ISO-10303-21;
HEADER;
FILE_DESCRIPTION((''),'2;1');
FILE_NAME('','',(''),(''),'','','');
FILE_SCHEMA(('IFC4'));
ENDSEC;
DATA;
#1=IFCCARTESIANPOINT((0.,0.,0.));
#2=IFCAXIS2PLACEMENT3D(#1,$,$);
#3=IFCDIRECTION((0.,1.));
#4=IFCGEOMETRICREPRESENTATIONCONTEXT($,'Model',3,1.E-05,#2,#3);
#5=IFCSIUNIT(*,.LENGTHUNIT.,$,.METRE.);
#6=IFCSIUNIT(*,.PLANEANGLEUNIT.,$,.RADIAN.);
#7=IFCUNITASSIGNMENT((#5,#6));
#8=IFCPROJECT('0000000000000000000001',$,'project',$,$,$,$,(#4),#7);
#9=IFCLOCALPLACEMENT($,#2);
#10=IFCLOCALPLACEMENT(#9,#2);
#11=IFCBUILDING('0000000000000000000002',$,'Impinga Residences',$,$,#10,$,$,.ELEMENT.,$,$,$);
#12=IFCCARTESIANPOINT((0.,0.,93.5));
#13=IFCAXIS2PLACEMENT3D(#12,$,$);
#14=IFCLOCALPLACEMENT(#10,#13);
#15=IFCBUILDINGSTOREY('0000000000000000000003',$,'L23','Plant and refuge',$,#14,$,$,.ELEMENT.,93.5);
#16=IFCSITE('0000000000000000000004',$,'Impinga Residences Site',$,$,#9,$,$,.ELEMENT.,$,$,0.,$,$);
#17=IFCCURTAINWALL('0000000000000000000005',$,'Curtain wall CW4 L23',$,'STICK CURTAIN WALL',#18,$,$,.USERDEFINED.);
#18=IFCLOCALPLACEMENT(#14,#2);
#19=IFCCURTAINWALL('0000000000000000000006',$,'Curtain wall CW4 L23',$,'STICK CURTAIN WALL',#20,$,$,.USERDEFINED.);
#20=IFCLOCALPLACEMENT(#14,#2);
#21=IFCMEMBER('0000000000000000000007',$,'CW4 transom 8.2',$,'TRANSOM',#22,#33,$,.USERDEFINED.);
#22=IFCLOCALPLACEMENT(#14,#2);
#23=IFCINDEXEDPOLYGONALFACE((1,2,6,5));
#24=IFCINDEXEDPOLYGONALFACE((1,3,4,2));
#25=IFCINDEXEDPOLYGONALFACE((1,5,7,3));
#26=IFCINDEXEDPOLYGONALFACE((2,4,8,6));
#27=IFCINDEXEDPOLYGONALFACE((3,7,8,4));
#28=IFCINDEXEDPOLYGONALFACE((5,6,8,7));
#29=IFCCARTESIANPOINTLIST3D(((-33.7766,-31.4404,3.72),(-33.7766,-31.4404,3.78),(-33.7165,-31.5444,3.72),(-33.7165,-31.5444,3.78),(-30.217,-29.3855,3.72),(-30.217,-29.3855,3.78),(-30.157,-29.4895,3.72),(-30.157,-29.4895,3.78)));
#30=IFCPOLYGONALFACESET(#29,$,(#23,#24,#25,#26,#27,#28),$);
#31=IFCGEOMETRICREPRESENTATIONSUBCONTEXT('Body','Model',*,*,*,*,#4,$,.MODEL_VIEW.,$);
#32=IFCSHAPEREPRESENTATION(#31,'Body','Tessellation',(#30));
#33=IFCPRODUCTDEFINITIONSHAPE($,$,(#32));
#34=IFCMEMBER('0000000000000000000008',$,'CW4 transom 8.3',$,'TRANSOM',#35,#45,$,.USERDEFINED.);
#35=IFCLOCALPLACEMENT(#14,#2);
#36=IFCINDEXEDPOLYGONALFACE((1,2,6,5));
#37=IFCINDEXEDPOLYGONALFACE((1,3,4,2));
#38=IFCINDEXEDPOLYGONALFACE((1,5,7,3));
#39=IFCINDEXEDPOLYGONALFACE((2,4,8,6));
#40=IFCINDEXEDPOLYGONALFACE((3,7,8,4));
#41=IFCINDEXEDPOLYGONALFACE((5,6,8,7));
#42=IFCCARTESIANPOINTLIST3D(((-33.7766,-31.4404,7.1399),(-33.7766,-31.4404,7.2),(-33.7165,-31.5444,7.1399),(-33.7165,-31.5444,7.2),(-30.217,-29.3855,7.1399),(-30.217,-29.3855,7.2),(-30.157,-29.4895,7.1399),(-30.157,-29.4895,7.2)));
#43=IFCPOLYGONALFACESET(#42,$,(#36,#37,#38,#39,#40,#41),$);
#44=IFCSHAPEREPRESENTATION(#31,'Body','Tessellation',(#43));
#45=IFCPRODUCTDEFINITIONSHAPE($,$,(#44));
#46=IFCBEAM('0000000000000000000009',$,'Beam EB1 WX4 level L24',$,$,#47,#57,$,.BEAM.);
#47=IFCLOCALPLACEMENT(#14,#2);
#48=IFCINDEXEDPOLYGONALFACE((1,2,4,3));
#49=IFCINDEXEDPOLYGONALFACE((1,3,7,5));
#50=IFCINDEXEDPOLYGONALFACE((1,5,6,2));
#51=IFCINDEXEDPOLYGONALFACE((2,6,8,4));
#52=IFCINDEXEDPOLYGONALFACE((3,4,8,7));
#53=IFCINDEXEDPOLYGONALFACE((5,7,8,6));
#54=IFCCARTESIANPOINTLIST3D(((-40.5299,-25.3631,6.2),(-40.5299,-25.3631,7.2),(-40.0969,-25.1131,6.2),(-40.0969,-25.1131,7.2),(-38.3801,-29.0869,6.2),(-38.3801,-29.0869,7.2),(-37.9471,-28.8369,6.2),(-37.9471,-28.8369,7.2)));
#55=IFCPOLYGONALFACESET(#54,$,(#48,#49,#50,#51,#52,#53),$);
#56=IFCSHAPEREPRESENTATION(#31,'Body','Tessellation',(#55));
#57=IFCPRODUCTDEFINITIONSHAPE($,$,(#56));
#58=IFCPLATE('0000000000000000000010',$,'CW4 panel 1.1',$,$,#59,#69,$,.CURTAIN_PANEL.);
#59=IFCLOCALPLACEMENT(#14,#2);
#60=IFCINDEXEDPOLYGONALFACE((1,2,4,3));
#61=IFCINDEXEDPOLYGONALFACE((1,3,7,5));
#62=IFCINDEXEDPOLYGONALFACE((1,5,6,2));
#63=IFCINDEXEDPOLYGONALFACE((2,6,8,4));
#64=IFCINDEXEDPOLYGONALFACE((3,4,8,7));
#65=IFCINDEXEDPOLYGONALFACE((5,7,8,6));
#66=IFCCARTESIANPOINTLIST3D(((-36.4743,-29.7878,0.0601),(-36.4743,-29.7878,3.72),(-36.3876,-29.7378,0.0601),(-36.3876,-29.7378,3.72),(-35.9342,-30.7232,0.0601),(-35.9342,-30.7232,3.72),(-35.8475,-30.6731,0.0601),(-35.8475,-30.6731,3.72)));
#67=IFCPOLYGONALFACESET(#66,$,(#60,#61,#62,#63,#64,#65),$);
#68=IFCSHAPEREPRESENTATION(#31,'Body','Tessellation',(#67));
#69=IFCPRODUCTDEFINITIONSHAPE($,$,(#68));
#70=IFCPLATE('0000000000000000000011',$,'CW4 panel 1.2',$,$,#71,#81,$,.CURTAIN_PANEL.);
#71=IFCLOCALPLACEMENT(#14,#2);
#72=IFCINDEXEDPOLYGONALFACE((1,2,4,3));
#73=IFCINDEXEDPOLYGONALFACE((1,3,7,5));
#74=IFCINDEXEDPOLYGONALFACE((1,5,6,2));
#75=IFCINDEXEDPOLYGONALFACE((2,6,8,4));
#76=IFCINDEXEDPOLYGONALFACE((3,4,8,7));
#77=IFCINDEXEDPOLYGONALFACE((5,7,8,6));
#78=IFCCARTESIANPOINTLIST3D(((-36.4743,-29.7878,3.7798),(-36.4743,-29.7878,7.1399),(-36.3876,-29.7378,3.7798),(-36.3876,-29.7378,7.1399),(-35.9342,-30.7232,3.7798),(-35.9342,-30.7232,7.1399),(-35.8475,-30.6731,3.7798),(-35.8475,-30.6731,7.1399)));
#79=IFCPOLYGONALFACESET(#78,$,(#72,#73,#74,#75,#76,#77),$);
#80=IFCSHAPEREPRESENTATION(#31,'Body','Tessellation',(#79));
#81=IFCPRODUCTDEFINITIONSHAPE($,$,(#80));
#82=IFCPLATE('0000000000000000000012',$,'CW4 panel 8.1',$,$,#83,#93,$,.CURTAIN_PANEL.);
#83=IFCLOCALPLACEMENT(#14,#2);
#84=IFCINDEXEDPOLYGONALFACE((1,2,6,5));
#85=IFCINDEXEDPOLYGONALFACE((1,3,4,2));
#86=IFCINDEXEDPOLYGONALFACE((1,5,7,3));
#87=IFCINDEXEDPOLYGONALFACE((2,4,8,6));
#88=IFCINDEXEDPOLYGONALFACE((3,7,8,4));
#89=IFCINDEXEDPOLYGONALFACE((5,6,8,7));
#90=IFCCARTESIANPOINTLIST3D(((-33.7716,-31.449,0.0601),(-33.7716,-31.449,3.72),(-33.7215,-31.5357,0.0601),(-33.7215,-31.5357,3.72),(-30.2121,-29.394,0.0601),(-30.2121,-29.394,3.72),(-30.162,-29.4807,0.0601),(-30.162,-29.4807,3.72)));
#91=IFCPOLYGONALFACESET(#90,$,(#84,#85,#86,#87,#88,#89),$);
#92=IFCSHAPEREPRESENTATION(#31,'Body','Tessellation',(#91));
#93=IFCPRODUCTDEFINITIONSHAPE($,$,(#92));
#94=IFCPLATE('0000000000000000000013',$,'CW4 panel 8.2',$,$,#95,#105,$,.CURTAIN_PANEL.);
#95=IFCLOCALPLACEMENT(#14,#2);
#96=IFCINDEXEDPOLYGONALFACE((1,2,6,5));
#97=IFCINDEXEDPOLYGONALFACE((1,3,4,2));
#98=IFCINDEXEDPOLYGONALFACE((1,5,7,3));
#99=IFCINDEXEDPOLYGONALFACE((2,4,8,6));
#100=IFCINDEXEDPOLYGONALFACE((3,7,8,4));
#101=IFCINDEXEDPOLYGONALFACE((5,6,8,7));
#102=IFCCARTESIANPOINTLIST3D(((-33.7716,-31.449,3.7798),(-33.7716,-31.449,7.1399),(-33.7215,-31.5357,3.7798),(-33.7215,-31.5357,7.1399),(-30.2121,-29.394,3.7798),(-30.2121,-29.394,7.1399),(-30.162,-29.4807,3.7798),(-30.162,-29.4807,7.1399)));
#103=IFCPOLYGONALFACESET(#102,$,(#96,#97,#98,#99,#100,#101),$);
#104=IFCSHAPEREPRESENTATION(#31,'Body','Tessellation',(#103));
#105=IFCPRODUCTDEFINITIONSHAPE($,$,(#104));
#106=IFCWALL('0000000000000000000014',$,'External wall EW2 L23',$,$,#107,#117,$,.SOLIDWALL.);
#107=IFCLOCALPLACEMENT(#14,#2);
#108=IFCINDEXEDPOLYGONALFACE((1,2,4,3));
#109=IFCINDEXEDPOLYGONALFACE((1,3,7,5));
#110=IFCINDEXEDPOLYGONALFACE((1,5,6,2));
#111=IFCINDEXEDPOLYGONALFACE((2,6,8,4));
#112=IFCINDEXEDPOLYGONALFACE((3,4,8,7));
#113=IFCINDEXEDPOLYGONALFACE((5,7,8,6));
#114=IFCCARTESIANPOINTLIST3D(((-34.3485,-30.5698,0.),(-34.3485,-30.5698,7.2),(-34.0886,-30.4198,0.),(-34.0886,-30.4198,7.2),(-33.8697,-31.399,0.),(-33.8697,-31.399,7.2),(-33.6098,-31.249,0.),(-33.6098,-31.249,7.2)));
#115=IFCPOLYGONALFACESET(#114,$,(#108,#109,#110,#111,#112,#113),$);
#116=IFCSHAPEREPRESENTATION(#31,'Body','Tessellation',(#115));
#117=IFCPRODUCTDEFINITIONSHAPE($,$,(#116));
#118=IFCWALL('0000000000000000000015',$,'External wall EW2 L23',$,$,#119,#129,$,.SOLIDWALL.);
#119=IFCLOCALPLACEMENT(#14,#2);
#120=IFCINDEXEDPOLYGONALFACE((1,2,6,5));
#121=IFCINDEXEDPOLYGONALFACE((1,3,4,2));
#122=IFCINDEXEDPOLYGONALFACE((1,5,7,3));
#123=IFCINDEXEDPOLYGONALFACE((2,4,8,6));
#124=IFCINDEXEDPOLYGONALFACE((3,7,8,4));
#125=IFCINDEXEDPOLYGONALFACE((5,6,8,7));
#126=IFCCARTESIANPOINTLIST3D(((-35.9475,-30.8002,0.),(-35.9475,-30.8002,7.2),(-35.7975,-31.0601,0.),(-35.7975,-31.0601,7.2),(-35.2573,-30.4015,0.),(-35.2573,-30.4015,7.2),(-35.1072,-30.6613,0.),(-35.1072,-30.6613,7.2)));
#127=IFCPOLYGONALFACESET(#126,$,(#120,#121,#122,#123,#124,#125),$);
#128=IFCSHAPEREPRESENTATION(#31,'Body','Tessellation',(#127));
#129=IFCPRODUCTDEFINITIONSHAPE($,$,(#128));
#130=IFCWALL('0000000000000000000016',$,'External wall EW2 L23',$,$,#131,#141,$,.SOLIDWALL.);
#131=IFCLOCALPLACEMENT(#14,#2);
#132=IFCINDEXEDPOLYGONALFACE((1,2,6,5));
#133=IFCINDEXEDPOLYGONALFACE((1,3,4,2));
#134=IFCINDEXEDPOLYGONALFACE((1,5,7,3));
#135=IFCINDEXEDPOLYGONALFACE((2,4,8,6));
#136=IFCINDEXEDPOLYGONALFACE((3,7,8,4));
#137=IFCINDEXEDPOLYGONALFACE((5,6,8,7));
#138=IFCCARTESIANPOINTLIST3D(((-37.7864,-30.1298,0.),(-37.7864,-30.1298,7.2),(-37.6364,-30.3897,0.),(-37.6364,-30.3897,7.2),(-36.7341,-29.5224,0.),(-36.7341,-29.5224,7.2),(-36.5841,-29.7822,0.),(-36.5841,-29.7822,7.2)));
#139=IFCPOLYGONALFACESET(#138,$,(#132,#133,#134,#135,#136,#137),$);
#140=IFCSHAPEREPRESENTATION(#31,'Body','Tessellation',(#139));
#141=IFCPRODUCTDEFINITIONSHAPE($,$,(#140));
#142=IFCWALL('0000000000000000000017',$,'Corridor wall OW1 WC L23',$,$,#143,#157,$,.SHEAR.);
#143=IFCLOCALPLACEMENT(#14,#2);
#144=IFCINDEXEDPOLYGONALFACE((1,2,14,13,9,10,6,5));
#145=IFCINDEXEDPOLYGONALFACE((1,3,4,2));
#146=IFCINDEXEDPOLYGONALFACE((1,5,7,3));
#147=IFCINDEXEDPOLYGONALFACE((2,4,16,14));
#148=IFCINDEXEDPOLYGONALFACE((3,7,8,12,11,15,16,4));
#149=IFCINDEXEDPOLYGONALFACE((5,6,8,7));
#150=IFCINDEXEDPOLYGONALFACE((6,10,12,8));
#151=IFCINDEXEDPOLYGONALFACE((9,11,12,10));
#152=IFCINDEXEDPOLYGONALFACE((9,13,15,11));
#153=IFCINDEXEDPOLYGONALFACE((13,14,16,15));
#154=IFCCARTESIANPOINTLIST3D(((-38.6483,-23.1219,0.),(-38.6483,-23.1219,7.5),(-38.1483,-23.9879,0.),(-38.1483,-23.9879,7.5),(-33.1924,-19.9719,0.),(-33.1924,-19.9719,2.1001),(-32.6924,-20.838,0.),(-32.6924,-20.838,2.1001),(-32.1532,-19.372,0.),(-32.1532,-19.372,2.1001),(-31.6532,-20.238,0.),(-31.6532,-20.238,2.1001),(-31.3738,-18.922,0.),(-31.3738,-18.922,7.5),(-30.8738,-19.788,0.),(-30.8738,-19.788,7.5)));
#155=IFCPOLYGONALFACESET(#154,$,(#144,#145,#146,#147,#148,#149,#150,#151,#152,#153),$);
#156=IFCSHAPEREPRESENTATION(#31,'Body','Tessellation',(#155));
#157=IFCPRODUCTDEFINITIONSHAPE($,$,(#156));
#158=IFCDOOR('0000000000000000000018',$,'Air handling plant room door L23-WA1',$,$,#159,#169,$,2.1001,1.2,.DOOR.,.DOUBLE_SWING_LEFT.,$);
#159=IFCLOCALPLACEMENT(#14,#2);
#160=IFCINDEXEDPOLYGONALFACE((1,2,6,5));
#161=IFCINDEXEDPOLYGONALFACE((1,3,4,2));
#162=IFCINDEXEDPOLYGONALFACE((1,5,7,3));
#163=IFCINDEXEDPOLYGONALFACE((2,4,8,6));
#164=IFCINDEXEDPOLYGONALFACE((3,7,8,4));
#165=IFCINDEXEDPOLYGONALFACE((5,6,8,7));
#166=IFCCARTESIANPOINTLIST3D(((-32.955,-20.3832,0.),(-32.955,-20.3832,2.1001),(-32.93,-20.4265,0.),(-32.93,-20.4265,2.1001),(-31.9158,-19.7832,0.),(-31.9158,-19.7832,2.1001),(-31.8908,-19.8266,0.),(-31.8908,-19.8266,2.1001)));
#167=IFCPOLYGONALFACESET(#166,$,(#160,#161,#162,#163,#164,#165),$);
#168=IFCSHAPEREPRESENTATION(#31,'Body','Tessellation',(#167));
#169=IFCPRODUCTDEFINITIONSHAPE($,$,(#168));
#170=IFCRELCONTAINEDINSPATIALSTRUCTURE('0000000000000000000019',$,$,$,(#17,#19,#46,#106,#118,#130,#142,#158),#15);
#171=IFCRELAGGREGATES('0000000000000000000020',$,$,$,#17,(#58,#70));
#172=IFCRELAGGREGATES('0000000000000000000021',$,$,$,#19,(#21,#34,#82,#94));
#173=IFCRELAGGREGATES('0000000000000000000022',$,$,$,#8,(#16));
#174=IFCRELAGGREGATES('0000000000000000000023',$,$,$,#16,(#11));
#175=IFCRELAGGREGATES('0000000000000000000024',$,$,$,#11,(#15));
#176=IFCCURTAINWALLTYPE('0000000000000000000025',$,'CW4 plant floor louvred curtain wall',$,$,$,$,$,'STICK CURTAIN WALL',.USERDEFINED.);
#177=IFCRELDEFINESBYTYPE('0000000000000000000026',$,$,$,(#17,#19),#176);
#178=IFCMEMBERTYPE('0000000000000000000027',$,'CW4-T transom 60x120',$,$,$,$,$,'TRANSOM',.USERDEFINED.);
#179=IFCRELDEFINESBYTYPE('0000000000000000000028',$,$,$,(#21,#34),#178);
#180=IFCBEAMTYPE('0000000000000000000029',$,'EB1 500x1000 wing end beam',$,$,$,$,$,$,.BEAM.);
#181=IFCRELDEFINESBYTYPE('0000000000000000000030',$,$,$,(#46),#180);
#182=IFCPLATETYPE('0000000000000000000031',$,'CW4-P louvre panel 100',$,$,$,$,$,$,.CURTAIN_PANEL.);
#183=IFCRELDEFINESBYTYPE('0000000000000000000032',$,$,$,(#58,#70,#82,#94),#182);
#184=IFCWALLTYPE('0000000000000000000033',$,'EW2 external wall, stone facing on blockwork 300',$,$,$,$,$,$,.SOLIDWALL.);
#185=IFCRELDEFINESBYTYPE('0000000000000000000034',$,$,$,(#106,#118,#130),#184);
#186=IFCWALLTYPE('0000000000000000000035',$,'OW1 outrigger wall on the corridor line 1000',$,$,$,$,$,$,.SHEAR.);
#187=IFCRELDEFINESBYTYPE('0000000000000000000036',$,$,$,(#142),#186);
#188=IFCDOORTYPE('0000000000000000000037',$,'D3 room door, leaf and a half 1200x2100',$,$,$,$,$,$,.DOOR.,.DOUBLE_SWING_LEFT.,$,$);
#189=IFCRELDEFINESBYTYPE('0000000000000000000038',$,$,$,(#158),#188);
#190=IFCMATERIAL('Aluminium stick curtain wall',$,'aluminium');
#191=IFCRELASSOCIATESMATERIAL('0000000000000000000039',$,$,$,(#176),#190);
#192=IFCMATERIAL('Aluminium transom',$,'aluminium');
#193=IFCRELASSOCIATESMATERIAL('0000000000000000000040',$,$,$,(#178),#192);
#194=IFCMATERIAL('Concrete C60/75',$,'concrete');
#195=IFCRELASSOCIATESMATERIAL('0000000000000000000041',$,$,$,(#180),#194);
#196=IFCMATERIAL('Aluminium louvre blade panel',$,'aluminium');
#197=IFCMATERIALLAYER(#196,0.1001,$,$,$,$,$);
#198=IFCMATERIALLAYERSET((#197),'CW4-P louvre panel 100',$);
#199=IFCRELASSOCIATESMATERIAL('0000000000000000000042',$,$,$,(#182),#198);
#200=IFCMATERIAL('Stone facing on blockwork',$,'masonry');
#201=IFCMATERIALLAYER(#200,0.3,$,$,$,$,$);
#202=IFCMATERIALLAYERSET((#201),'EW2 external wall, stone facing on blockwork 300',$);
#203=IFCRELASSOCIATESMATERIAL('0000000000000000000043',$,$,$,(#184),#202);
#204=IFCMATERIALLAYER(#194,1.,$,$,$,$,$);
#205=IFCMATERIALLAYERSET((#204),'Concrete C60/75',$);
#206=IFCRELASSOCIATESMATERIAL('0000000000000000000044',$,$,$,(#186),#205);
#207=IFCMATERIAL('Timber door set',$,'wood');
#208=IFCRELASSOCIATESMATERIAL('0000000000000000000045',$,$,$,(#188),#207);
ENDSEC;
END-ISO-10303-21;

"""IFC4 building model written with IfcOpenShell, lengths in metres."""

from ifc_helpers import new_model, si_unit, direction, frame, frame_2d, origin, origin_2d, place, context, subcontext, project, spatial, rectangle, extrude, material, layer, layer_set, material_profile, profile_set, type_object, element, fill, aggregate, save


model = new_model("IFC4")

# Units and contexts
model_context = context("Model", 3, precision=1e-05, world=origin(), true_north=direction((0.0, 1.0)))
body_context = subcontext(model_context, "Body", "Model", "MODEL_VIEW")
ifc_project = project(units=[si_unit("LENGTHUNIT", "METRE"), si_unit("PLANEANGLEUNIT", "RADIAN")], contexts=[model_context])

# Site, building, storey
site_placement = place(None, origin())
site = spatial("IfcSite", under=ifc_project, at=site_placement, Name="Impinga Residences Site", CompositionType="ELEMENT", RefElevation=0.0)
building_placement = place(site_placement, origin())
building = spatial("IfcBuilding", under=site, at=building_placement, Name="Impinga Residences", CompositionType="ELEMENT")
storey_placement = place(building_placement, frame((0.0, 0.0, 93.5)))
storey = spatial("IfcBuildingStorey", under=building, at=storey_placement, Name="L23", Description="Plant and refuge", CompositionType="ELEMENT", Elevation=93.5)

# Shared definitions
ifc_material_1 = material(Name="Concrete C60/75", Category="concrete")

# Curtain wall
ifc_material_2 = material(Name="Aluminium stick curtain wall", Category="aluminium")
curtain_wall_type = type_object("IfcCurtainWallType", Name="CW4 plant floor louvred curtain wall", ElementType="STICK CURTAIN WALL", PredefinedType="USERDEFINED", material=ifc_material_2)
curtain_wall_1_placement = place(storey_placement, origin())
curtain_wall_1 = element("IfcCurtainWall", 1, at=curtain_wall_1_placement, inside=storey, type_object=curtain_wall_type, Name="Curtain wall CW4 L23", ObjectType="STICK CURTAIN WALL", PredefinedType="USERDEFINED")

# Curtain wall
curtain_wall_2_placement = place(storey_placement, origin())
curtain_wall_2 = element("IfcCurtainWall", 2, at=curtain_wall_2_placement, inside=storey, type_object=curtain_wall_type, Name="Curtain wall CW4 L23", ObjectType="STICK CURTAIN WALL", PredefinedType="USERDEFINED")

# Members
ifc_material_3 = material(Name="Aluminium transom", Category="aluminium")
ifc_material_profile_1 = material_profile(ifc_material_3, rectangle(XDim=0.0601, YDim=0.1201, at=origin_2d()), Name="60x120 transom")
ifc_profile_set_1 = profile_set([ifc_material_profile_1], Name="Aluminium transom")
member_type_1 = type_object("IfcMemberType", Name="CW4-T transom 60x120", ElementType="TRANSOM", PredefinedType="USERDEFINED", material=ifc_profile_set_1)
member_1_placement = place(storey_placement, frame((-30.187, -29.4375, 3.75), z_axis=(-0.866045, -0.499966, 0.0), x_axis=(0.0, 0.0, 1.0)))
member_1 = element("IfcMember", 3, at=member_1_placement, type_object=member_type_1, Name="CW4 transom 8.2", ObjectType="TRANSOM", PredefinedType="USERDEFINED", context=body_context, shape_type="SweptSolid", body=[
    extrude(rectangle(XDim=0.0601, YDim=0.1201, at=origin_2d()), origin(), (0.0, 0.0, 1.0), 4.1101),
])
member_2_placement = place(storey_placement, frame((-30.187, -29.4375, 7.1699), z_axis=(-0.866045, -0.499966, 0.0), x_axis=(0.0, 0.0, 1.0)))
member_2 = element("IfcMember", 4, at=member_2_placement, type_object=member_type_1, Name="CW4 transom 8.3", ObjectType="TRANSOM", PredefinedType="USERDEFINED", context=body_context, shape_type="SweptSolid", body=[
    extrude(rectangle(XDim=0.0601, YDim=0.1201, at=origin_2d()), origin(), (0.0, 0.0, 1.0), 4.1101),
])

# Beam
ifc_material_profile_2 = material_profile(ifc_material_1, rectangle(XDim=0.5, YDim=1.0, at=origin_2d()), Name="RC 500x1000")
ifc_profile_set_2 = profile_set([ifc_material_profile_2], Name="Concrete C60/75")
beam_type_1 = type_object("IfcBeamType", Name="EB1 500x1000 wing end beam", PredefinedType="BEAM", material=ifc_profile_set_2)
beam_1_placement = place(storey_placement, frame((-38.1636, -28.9619, 6.7), z_axis=(-0.499986, 0.866033, 0.0), x_axis=(-0.866033, -0.499986, 0.0)))
element("IfcBeam", 5, at=beam_1_placement, inside=storey, type_object=beam_type_1, Name="Beam EB1 WX4 level L24", PredefinedType="BEAM", context=body_context, shape_type="SweptSolid", body=[
    extrude(rectangle(XDim=0.5, YDim=1.0, at=origin_2d()), origin(), (0.0, 0.0, 1.0), 4.2998),
])

# Plates
ifc_material_4 = material(Name="Aluminium louvre blade panel", Category="aluminium")
ifc_layer_1 = layer(ifc_material_4, 0.1001)
ifc_layer_set_1 = layer_set([ifc_layer_1], Name="CW4-P louvre panel 100")
plate_type = type_object("IfcPlateType", Name="CW4-P louvre panel 100", PredefinedType="CURTAIN_PANEL", material=ifc_layer_set_1)
plate_1_placement = place(storey_placement, frame((-36.1609, -30.2305, 0.0601), z_axis=(0.0, 0.0, 1.0), x_axis=(-0.5, 0.866026, 0.0)))
plate_1 = element("IfcPlate", 6, at=plate_1_placement, type_object=plate_type, Name="CW4 panel 1.1", PredefinedType="CURTAIN_PANEL", context=body_context, shape_type="SweptSolid", body=[
    extrude(rectangle(XDim=1.0801, YDim=0.1001, at=origin_2d()), origin(), (0.0, 0.0, 1.0), 3.6599),
])
plate_2_placement = place(storey_placement, frame((-36.1609, -30.2305, 3.7798), z_axis=(0.0, 0.0, 1.0), x_axis=(-0.5, 0.866026, 0.0)))
plate_2 = element("IfcPlate", 7, at=plate_2_placement, type_object=plate_type, Name="CW4 panel 1.2", PredefinedType="CURTAIN_PANEL", context=body_context, shape_type="SweptSolid", body=[
    extrude(rectangle(XDim=1.0801, YDim=0.1001, at=origin_2d()), origin(), (0.0, 0.0, 1.0), 3.3601),
])
aggregate(curtain_wall_1, [plate_1, plate_2])
plate_3_placement = place(storey_placement, frame((-31.9668, -30.4648, 0.0601), z_axis=(0.0, 0.0, 1.0), x_axis=(-0.866025, -0.5, 0.0)))
plate_3 = element("IfcPlate", 8, at=plate_3_placement, type_object=plate_type, Name="CW4 panel 8.1", PredefinedType="CURTAIN_PANEL", context=body_context, shape_type="SweptSolid", body=[
    extrude(rectangle(XDim=4.1101, YDim=0.1001, at=origin_2d()), origin(), (0.0, 0.0, 1.0), 3.6599),
])
plate_4_placement = place(storey_placement, frame((-31.9668, -30.4648, 3.7798), z_axis=(0.0, 0.0, 1.0), x_axis=(-0.866025, -0.5, 0.0)))
plate_4 = element("IfcPlate", 9, at=plate_4_placement, type_object=plate_type, Name="CW4 panel 8.2", PredefinedType="CURTAIN_PANEL", context=body_context, shape_type="SweptSolid", body=[
    extrude(rectangle(XDim=4.1101, YDim=0.1001, at=origin_2d()), origin(), (0.0, 0.0, 1.0), 3.3601),
])
aggregate(curtain_wall_2, [member_1, member_2, plate_3, plate_4])

# Walls
ifc_material_5 = material(Name="Stone facing on blockwork", Category="masonry")
ifc_layer_2 = layer(ifc_material_5, 0.3)
ifc_layer_set_2 = layer_set([ifc_layer_2], Name="EW2 external wall, stone facing on blockwork 300")
wall_type_1 = type_object("IfcWallType", Name="EW2 external wall, stone facing on blockwork 300", PredefinedType="SOLIDWALL", material=ifc_layer_set_2)
wall_1_placement = place(storey_placement, frame((-33.7397, -31.324, 0.0), z_axis=(0.0, 0.0, 1.0), x_axis=(-0.500061, 0.86599, 0.0)))
element("IfcWall", 10, at=wall_1_placement, inside=storey, type_object=wall_type_1, Name="External wall EW2 L23", PredefinedType="SOLIDWALL", context=body_context, shape_type="SweptSolid", body=[
    extrude(rectangle(XDim=0.9575, YDim=0.3, at=frame_2d((0.4788, 0.0))), origin(), (0.0, 0.0, 1.0), 7.2),
])
wall_2_placement = place(storey_placement, frame((-35.1824, -30.5315, 0.0), z_axis=(0.0, 0.0, 1.0), x_axis=(-0.865915, -0.500191, 0.0)))
element("IfcWall", 11, at=wall_2_placement, inside=storey, type_object=wall_type_1, Name="External wall EW2 L23", PredefinedType="SOLIDWALL", context=body_context, shape_type="SweptSolid", body=[
    extrude(rectangle(XDim=0.7971, YDim=0.3, at=frame_2d((0.3984, 0.0))), origin(), (0.0, 0.0, 1.0), 7.2),
])
wall_3_placement = place(storey_placement, frame((-36.6592, -29.6523, 0.0), z_axis=(0.0, 0.0, 1.0), x_axis=(-0.866058, -0.499943, 0.0)))
element("IfcWall", 12, at=wall_3_placement, inside=storey, type_object=wall_type_1, Name="External wall EW2 L23", PredefinedType="SOLIDWALL", context=body_context, shape_type="SweptSolid", body=[
    extrude(rectangle(XDim=1.2151, YDim=0.3, at=frame_2d((0.6074, 0.0))), origin(), (0.0, 0.0, 1.0), 7.2),
])

# Wall, opening, door
ifc_layer_3 = layer(ifc_material_1, 1.0)
ifc_layer_set_3 = layer_set([ifc_layer_3], Name="Concrete C60/75")
wall_type_2 = type_object("IfcWallType", Name="OW1 outrigger wall on the corridor line 1000", PredefinedType="SHEAR", material=ifc_layer_set_3)
wall_4_placement = place(storey_placement, frame((-31.1238, -19.355, 0.0), z_axis=(0.0, 0.0, 1.0), x_axis=(-0.866029, -0.499993, 0.0)))
wall_4 = element("IfcWall", 13, at=wall_4_placement, inside=storey, type_object=wall_type_2, Name="Corridor wall OW1 WC L23", PredefinedType="SHEAR", context=body_context, shape_type="SweptSolid", body=[
    extrude(rectangle(XDim=8.3999, YDim=1.0, at=frame_2d((4.2, 0.0))), origin(), (0.0, 0.0, 1.0), 7.5),
])
opening_placement = place(wall_4_placement, frame((0.8999, 0.0, 0.0)))
opening = element("IfcOpeningElement", 14, at=opening_placement, cuts=wall_4, PredefinedType="OPENING", context=body_context, shape_type="SweptSolid", body=[
    extrude(rectangle(XDim=1.2, YDim=2.1001, at=frame_2d((0.6001, 1.05))), frame((0.0, 0.51, 0.0), z_axis=(0.0, -1.0, 0.0), x_axis=(1.0, 0.0, 0.0)), (0.0, 0.0, 1.0), 1.02),
])
ifc_material_6 = material(Name="Timber door set", Category="wood")
door_type = type_object("IfcDoorType", Name="D3 room door, leaf and a half 1200x2100", OperationType="DOUBLE_SWING_LEFT", PredefinedType="DOOR", material=ifc_material_6)
door_placement = place(opening_placement, origin())
door = element("IfcDoor", 15, at=door_placement, inside=storey, type_object=door_type, Name="Air handling plant room door L23-WA1", OperationType="DOUBLE_SWING_LEFT", OverallHeight=2.1001, OverallWidth=1.2, PredefinedType="DOOR", context=body_context, shape_type="SweptSolid", body=[
    extrude(rectangle(XDim=1.2, YDim=2.1001, at=frame_2d((0.6001, 1.05))), frame((0.0, 0.0249, 0.0), z_axis=(0.0, -1.0, 0.0), x_axis=(1.0, 0.0, 0.0)), (0.0, 0.0, 1.0), 0.05),
])
fill(opening, door)

save(model, "model.ifc")
